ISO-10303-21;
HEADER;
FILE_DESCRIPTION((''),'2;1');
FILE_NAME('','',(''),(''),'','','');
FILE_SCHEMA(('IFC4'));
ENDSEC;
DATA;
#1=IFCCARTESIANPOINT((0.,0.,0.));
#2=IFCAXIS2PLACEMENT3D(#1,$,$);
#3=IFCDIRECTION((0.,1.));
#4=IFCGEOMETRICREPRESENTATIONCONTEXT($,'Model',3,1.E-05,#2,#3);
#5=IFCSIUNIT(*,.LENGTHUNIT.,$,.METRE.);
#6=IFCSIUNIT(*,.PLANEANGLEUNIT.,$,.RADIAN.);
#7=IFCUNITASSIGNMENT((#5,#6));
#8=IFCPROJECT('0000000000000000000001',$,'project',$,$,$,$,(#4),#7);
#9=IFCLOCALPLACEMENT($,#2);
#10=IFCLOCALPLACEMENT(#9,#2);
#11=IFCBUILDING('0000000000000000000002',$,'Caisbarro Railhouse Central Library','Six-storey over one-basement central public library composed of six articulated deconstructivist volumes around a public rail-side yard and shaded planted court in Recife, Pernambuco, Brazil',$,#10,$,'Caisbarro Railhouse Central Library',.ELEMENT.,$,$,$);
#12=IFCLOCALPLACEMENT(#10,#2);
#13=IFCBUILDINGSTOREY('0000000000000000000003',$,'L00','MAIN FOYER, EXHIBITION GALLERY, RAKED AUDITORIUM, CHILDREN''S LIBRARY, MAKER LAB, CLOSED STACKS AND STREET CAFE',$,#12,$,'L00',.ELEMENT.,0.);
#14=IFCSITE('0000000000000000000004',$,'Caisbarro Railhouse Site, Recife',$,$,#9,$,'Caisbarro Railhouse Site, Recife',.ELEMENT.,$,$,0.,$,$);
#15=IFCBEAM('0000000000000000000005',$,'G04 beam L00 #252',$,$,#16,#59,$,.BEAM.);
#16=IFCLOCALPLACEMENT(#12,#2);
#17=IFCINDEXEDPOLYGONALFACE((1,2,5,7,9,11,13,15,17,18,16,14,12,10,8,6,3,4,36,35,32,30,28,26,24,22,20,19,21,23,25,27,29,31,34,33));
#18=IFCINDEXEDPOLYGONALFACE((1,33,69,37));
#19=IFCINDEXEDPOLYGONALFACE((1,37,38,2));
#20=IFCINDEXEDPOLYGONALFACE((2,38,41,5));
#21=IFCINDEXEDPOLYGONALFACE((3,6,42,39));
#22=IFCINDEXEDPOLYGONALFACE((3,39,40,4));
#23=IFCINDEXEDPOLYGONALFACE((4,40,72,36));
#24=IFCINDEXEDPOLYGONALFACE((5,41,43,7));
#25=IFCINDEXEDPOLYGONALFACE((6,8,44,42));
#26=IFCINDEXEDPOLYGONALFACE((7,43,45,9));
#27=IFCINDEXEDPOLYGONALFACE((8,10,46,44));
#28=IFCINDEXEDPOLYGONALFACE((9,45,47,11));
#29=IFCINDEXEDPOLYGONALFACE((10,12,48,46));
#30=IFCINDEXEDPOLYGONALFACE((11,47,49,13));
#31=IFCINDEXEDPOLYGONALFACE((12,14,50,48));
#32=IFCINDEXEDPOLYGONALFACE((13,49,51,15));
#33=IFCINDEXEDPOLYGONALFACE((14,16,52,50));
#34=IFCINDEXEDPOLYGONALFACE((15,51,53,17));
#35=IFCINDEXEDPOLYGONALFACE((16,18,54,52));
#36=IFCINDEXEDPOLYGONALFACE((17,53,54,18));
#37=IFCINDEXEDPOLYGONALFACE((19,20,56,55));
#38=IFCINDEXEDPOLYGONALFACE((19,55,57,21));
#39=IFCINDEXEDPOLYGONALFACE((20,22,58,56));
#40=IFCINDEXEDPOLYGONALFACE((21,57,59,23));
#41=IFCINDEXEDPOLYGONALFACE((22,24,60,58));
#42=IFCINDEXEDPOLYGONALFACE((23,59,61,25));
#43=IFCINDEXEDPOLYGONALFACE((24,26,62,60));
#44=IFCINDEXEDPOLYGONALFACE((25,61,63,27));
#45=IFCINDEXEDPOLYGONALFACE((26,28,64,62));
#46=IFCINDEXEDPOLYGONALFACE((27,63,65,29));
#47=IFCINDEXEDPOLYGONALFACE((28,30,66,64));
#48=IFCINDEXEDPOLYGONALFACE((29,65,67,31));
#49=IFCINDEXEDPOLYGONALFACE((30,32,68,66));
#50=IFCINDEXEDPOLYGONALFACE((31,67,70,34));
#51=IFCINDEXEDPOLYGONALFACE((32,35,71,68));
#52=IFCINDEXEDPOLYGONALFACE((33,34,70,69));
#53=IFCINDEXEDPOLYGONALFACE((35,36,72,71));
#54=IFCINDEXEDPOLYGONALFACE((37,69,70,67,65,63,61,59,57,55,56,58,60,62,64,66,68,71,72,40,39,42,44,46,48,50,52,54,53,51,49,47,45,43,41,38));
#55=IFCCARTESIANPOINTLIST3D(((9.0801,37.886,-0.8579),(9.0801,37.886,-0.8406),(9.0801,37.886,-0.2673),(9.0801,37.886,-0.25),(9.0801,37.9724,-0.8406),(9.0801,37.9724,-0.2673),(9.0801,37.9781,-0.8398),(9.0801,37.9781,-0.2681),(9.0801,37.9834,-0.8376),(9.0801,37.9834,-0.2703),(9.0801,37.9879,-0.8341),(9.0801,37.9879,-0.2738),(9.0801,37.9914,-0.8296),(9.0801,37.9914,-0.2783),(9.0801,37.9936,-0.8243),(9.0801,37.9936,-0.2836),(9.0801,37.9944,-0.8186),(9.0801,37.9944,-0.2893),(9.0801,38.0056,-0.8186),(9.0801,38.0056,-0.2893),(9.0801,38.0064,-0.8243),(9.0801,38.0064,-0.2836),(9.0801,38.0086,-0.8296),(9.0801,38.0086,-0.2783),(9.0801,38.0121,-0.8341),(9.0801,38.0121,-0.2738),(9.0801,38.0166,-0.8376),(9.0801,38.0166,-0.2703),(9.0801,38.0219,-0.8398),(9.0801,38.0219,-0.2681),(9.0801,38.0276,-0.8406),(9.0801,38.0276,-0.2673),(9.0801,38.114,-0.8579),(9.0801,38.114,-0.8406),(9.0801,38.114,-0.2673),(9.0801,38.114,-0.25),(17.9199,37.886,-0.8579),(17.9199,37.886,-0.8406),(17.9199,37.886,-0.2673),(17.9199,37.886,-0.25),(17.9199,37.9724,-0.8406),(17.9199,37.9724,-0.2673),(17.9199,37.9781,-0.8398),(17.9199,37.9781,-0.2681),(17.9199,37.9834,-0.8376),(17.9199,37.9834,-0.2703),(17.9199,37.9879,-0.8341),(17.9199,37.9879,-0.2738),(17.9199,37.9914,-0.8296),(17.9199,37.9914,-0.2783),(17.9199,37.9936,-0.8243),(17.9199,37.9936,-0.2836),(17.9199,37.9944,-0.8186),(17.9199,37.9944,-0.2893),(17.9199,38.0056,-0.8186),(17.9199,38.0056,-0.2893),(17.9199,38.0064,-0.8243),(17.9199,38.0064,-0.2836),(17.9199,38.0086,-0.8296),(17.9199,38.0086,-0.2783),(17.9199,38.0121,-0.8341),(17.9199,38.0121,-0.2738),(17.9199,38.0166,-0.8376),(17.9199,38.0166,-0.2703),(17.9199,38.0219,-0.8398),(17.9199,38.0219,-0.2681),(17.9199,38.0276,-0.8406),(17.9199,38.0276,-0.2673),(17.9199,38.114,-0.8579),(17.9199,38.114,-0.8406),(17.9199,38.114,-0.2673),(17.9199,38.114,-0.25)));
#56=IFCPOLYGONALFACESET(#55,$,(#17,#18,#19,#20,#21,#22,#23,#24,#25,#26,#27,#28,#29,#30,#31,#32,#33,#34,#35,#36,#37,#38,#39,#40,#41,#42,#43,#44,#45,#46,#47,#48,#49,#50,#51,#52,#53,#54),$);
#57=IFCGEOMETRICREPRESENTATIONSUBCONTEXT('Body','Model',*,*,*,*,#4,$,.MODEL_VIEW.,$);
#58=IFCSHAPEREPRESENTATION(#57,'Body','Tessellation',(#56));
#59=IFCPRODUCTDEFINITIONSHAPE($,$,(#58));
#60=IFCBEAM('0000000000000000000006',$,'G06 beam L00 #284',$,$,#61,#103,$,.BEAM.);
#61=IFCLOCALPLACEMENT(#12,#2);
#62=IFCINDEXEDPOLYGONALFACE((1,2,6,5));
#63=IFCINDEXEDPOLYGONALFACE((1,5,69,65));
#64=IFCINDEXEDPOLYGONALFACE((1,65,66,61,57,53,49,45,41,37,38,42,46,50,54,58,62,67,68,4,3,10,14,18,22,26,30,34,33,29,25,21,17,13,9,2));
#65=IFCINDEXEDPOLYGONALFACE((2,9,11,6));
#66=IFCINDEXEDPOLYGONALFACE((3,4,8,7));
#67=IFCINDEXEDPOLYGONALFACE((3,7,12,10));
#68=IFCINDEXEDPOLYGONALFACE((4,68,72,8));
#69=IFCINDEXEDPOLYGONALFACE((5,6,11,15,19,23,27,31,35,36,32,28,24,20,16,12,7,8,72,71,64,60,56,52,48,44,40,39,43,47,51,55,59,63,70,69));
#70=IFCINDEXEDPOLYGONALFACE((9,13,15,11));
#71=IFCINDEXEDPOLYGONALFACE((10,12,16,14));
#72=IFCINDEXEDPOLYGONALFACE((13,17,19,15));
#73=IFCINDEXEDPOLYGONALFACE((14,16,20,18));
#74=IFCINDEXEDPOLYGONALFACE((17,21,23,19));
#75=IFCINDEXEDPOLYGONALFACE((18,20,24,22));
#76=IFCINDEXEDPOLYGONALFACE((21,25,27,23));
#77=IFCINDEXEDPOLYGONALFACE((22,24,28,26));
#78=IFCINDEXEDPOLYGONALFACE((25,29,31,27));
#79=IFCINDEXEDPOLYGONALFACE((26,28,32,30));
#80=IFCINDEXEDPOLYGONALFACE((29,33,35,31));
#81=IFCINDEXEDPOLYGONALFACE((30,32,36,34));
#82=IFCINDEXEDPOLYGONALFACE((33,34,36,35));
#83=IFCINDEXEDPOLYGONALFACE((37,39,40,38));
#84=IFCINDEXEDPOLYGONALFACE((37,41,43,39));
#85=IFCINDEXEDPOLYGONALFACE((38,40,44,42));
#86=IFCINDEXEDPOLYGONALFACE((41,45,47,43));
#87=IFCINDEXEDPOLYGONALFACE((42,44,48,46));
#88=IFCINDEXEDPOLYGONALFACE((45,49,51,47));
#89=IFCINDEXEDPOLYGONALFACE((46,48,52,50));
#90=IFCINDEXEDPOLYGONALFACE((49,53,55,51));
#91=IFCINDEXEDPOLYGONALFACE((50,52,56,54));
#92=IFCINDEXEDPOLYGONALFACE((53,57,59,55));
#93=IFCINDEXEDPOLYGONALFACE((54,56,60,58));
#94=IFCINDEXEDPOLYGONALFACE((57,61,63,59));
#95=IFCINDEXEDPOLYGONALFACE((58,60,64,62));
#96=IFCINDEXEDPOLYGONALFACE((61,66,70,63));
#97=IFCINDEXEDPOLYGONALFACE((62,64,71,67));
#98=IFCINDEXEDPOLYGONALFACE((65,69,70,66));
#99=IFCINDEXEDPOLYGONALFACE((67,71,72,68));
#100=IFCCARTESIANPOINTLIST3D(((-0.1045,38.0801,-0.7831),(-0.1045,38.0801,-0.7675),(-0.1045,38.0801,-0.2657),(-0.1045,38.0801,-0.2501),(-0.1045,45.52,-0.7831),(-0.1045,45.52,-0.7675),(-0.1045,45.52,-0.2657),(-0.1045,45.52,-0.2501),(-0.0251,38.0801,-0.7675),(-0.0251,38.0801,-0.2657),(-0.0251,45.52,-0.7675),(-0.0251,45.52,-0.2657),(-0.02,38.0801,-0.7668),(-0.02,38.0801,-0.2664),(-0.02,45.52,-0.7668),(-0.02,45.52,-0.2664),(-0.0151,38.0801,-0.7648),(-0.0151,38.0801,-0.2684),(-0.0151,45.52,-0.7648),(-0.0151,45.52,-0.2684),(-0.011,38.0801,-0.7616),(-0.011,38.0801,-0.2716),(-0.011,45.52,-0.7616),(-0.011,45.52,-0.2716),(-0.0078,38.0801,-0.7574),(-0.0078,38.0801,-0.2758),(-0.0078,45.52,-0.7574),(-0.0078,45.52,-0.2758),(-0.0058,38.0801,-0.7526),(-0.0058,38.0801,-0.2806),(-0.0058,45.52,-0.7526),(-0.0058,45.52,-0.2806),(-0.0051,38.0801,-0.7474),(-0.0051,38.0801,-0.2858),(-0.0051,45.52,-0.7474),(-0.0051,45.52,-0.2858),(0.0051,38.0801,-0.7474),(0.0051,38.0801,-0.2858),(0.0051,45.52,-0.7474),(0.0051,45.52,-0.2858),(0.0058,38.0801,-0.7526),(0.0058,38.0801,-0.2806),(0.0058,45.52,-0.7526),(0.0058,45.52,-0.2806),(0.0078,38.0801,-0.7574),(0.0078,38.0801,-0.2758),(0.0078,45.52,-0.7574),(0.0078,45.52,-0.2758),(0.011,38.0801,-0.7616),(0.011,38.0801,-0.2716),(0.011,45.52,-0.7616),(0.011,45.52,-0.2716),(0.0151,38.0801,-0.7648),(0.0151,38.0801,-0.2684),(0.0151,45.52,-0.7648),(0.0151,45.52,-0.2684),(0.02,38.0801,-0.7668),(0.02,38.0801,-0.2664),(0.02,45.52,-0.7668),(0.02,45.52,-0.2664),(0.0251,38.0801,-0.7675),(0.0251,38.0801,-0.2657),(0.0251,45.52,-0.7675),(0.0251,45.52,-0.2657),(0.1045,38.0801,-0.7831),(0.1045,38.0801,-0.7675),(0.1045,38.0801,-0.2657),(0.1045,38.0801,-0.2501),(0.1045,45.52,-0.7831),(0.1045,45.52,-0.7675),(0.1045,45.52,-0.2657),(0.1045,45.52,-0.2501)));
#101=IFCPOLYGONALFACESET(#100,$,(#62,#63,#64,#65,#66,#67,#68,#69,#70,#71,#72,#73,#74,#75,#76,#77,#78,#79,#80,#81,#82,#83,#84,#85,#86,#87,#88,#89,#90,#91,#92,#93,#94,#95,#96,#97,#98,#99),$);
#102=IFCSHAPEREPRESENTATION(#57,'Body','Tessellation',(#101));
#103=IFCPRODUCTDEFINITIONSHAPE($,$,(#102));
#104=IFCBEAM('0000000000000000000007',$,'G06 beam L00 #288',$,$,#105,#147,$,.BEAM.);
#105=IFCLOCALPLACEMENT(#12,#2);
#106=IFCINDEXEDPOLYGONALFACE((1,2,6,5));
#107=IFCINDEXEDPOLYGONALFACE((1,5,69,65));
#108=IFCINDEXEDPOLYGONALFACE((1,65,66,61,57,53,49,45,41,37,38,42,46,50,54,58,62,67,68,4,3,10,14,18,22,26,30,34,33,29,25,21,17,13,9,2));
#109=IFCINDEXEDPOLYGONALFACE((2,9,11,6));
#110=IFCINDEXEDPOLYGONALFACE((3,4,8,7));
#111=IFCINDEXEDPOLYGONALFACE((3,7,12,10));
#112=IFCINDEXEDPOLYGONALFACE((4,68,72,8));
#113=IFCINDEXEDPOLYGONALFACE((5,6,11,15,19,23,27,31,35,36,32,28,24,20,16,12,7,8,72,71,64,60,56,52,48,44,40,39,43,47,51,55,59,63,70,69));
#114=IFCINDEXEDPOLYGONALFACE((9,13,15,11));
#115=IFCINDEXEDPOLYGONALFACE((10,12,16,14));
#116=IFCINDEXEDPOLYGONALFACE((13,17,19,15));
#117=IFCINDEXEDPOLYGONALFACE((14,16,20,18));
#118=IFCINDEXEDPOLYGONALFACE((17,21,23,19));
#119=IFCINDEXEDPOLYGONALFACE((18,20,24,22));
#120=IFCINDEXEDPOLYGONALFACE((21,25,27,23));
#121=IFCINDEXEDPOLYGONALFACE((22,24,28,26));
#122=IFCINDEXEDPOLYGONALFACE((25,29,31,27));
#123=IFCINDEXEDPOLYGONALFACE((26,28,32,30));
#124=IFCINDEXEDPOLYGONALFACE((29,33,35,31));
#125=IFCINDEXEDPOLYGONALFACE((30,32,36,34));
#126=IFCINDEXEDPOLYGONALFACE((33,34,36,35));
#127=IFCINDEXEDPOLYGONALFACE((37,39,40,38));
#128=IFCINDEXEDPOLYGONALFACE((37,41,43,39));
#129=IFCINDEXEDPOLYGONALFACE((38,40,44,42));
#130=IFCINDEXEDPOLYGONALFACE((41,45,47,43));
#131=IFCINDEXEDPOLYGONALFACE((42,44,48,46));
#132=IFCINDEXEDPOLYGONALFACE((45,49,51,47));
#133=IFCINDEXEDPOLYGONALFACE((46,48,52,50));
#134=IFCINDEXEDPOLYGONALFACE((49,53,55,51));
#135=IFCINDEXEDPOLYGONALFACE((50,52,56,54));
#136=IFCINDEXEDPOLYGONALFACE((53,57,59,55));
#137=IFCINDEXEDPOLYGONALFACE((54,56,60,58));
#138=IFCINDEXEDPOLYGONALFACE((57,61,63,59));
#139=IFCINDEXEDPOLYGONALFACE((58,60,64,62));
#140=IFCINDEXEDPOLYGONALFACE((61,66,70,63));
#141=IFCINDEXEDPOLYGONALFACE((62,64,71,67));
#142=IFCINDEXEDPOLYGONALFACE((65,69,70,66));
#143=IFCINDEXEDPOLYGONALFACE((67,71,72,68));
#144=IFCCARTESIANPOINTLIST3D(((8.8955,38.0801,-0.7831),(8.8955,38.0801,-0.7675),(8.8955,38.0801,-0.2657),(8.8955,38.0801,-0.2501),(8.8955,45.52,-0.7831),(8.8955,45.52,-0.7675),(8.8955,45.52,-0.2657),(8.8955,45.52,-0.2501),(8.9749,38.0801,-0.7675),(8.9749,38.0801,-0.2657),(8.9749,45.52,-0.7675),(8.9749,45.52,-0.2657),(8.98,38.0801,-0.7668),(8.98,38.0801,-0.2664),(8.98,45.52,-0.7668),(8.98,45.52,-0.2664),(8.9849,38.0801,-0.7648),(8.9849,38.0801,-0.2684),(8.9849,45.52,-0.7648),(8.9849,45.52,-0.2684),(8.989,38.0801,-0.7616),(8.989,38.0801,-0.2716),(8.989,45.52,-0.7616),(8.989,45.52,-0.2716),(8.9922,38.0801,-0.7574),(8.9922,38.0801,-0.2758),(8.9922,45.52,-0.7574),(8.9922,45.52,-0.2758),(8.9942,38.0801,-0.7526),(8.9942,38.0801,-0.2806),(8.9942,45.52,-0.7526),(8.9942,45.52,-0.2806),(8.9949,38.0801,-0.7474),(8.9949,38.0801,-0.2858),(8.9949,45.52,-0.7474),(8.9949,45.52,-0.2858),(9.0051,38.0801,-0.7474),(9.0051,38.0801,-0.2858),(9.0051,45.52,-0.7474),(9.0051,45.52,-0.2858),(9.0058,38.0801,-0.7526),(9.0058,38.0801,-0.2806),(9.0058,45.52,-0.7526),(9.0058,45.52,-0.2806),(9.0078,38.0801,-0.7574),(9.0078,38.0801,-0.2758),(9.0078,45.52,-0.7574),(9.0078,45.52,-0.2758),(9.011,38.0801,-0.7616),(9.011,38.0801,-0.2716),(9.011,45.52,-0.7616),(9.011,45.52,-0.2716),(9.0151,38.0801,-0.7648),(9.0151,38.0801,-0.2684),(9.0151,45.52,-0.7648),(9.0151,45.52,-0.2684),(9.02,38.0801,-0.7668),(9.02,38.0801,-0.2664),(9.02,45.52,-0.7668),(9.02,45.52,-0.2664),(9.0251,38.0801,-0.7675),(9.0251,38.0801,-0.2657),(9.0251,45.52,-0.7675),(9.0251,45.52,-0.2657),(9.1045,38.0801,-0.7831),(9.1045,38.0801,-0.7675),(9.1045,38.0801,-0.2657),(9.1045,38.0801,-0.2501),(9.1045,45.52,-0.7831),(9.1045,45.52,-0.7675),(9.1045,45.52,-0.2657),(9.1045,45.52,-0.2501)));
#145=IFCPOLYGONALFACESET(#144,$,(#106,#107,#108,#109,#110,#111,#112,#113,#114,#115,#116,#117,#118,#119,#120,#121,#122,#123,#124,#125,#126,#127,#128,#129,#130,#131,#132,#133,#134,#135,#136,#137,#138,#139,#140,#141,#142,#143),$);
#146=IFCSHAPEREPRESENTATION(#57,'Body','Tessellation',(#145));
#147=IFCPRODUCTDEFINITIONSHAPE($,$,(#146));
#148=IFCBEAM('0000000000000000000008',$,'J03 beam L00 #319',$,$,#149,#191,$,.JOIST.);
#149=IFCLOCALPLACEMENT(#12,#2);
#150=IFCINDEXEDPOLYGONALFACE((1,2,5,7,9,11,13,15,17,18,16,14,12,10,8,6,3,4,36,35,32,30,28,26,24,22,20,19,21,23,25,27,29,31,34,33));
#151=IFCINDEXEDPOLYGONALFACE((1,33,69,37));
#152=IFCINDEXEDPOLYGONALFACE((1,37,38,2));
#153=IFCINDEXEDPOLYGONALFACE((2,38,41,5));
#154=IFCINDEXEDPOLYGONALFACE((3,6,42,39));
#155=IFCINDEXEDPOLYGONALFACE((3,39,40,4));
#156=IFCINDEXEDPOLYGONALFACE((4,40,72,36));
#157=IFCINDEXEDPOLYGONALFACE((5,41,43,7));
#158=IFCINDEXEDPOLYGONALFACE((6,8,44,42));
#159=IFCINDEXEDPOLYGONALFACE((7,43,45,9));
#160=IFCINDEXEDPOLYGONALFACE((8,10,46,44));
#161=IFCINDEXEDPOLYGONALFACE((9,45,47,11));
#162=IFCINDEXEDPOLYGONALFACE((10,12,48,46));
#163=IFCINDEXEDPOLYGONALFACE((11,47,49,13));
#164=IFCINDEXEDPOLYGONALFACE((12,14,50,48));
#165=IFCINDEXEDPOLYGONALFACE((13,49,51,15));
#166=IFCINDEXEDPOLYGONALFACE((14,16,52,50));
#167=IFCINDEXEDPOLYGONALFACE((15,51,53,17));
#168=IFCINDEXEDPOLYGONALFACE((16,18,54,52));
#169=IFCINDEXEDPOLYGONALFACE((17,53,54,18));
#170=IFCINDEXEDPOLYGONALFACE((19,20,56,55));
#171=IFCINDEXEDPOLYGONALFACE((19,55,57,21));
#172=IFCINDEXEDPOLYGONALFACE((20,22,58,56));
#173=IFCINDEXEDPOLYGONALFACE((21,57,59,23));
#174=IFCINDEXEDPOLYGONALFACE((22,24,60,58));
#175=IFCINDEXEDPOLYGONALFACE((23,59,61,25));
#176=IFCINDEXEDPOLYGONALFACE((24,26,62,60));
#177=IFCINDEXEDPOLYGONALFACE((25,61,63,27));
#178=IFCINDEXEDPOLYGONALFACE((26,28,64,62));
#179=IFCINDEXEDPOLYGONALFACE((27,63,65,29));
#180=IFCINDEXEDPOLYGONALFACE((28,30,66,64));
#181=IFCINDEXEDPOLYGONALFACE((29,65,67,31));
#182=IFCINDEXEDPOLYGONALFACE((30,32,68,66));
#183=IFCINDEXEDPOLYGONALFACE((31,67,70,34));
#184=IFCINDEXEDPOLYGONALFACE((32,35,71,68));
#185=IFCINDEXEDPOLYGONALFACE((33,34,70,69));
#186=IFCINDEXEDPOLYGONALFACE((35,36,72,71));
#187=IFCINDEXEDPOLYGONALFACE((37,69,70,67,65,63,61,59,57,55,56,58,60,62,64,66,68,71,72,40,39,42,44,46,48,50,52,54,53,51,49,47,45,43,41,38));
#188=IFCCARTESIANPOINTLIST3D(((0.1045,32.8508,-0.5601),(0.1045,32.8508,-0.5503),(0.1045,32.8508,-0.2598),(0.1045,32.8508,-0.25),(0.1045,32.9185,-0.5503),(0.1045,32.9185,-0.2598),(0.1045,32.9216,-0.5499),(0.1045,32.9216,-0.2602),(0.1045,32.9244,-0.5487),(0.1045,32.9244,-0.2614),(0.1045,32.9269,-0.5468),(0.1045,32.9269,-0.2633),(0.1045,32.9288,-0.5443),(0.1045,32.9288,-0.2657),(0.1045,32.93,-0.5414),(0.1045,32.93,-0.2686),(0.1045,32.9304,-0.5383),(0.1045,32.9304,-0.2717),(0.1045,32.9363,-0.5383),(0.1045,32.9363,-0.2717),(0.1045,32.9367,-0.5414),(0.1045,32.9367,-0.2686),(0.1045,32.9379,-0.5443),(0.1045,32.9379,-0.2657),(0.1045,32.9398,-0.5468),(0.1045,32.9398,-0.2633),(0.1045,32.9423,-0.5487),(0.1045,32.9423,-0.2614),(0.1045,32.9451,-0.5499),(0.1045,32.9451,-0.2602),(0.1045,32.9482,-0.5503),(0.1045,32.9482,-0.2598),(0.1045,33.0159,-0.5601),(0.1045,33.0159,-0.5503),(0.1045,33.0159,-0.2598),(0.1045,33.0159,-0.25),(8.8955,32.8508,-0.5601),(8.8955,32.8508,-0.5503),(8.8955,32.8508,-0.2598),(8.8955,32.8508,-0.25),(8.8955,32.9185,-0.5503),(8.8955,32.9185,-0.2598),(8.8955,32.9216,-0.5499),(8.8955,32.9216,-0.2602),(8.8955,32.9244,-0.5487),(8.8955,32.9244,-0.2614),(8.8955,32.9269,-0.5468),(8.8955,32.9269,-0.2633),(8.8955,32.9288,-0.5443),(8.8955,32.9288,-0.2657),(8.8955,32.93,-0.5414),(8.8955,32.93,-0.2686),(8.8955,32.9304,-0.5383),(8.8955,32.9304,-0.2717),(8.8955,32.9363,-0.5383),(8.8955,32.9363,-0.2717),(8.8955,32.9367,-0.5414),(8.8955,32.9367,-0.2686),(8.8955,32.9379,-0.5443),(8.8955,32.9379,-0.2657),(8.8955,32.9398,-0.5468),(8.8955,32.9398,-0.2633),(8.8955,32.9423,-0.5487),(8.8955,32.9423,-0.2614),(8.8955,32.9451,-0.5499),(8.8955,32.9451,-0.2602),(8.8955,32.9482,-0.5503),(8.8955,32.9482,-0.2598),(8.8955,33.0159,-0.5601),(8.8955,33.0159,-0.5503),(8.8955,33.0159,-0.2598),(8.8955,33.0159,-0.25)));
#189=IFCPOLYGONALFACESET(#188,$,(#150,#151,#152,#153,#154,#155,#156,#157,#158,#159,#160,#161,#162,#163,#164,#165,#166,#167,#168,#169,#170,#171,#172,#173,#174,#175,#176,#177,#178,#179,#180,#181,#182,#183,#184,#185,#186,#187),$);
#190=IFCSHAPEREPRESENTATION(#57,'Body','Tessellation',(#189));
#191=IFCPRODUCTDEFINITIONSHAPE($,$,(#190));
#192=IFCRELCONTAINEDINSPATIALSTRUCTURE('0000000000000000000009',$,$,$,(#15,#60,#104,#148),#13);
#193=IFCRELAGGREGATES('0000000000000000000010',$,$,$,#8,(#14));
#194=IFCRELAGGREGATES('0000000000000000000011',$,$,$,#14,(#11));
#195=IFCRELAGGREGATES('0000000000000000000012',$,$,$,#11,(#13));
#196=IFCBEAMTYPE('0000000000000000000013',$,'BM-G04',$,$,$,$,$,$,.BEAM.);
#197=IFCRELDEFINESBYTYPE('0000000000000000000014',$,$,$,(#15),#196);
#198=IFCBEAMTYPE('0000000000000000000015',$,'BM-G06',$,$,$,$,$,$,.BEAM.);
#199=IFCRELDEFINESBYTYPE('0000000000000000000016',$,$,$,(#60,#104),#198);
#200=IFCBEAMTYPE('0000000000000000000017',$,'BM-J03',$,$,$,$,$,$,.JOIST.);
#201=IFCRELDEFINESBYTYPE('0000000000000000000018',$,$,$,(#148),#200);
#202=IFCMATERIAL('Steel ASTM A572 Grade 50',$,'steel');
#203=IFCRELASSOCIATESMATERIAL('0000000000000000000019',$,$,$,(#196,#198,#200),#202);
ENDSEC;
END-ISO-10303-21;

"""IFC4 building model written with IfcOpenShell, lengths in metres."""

from ifc_helpers import new_model, si_unit, direction, frame, origin, origin_2d, place, context, subcontext, project, spatial, i_section, extrude, material, material_profile, profile_set, type_object, element, save


model = new_model("IFC4")

# Units and contexts
model_context = context("Model", 3, precision=1e-05, world=origin(), true_north=direction((0.0, 1.0)))
body_context = subcontext(model_context, "Body", "Model", "MODEL_VIEW")
ifc_project = project(units=[si_unit("LENGTHUNIT", "METRE"), si_unit("PLANEANGLEUNIT", "RADIAN")], contexts=[model_context])

# Site, building, storey
site_placement = place(None, origin())
site = spatial("IfcSite", under=ifc_project, at=site_placement, Name="Caisbarro Railhouse Site, Recife", LongName="Caisbarro Railhouse Site, Recife", CompositionType="ELEMENT", RefElevation=0.0)
building_placement = place(site_placement, origin())
building = spatial("IfcBuilding", under=site, at=building_placement, Name="Caisbarro Railhouse Central Library", Description="Six-storey over one-basement central public library composed of six articulated deconstructivist volumes around a public rail-side yard and shaded planted court in Recife, Pernambuco, Brazil", LongName="Caisbarro Railhouse Central Library", CompositionType="ELEMENT")
storey_placement = place(building_placement, origin())
storey = spatial("IfcBuildingStorey", under=building, at=storey_placement, Name="L00", Description="MAIN FOYER, EXHIBITION GALLERY, RAKED AUDITORIUM, CHILDREN'S LIBRARY, MAKER LAB, CLOSED STACKS AND STREET CAFE", LongName="L00", CompositionType="ELEMENT", Elevation=0.0)

# Shared definitions
ifc_material_1 = material(Name="Steel ASTM A572 Grade 50", Category="steel")

# Beams
ifc_material_profile_1 = material_profile(ifc_material_1, i_section(OverallWidth=0.228, OverallDepth=0.6079, WebThickness=0.0112, FlangeThickness=0.0173, FilletRadius=0.022, at=origin_2d()), Name="W610X113.0")
ifc_profile_set_1 = profile_set([ifc_material_profile_1], Name="Steel ASTM A572 Grade 50")
beam_type_1 = type_object("IfcBeamType", Name="BM-G04", PredefinedType="BEAM", material=ifc_profile_set_1)
for number, where, z_axis, x_axis, name in (
    (1, (9.0801, 38.0, -0.554), (1.0, 0.0, 0.0), (0.0, 1.0, 0.0), "G04 beam L00 #252"),
):
    element("IfcBeam", number, at=place(storey_placement, frame(where, z_axis=z_axis, x_axis=x_axis)), inside=storey, type_object=beam_type_1, Name=name, PredefinedType="BEAM", context=body_context, shape_type="SweptSolid", body=[
        extrude(i_section(OverallWidth=0.228, OverallDepth=0.6079, WebThickness=0.0112, FlangeThickness=0.0173, FilletRadius=0.022, at=origin_2d()), origin(), (0.0, 0.0, 1.0), 8.8398),
    ])
ifc_material_profile_2 = material_profile(ifc_material_1, i_section(OverallWidth=0.209, OverallDepth=0.533, WebThickness=0.0103, FlangeThickness=0.0156, FilletRadius=0.02, at=origin_2d()), Name="W530X92.0")
ifc_profile_set_2 = profile_set([ifc_material_profile_2], Name="Steel ASTM A572 Grade 50")
beam_type_2 = type_object("IfcBeamType", Name="BM-G06", PredefinedType="BEAM", material=ifc_profile_set_2)
for number, where, z_axis, x_axis, name in (
    (2, (0.0, 38.0801, -0.5166), (0.0, 1.0, 0.0), (-1.0, 0.0, 0.0), "G06 beam L00 #284"),
    (3, (9.0, 38.0801, -0.5166), (0.0, 1.0, 0.0), (-1.0, 0.0, 0.0), "G06 beam L00 #288"),
):
    element("IfcBeam", number, at=place(storey_placement, frame(where, z_axis=z_axis, x_axis=x_axis)), inside=storey, type_object=beam_type_2, Name=name, PredefinedType="BEAM", context=body_context, shape_type="SweptSolid", body=[
        extrude(i_section(OverallWidth=0.209, OverallDepth=0.533, WebThickness=0.0103, FlangeThickness=0.0156, FilletRadius=0.02, at=origin_2d()), origin(), (0.0, 0.0, 1.0), 7.4399),
    ])
ifc_material_profile_3 = material_profile(ifc_material_1, i_section(OverallWidth=0.165, OverallDepth=0.3101, WebThickness=0.0059, FlangeThickness=0.0098, FilletRadius=0.012, at=origin_2d()), Name="W310X38.7")
ifc_profile_set_3 = profile_set([ifc_material_profile_3], Name="Steel ASTM A572 Grade 50")
beam_type_3 = type_object("IfcBeamType", Name="BM-J03", PredefinedType="JOIST", material=ifc_profile_set_3)
for number, where, z_axis, x_axis, name in (
    (4, (0.1045, 32.9333, -0.405), (1.0, 0.0, 0.0), (0.0, 1.0, 0.0), "J03 beam L00 #319"),
):
    element("IfcBeam", number, at=place(storey_placement, frame(where, z_axis=z_axis, x_axis=x_axis)), inside=storey, type_object=beam_type_3, Name=name, PredefinedType="JOIST", context=body_context, shape_type="SweptSolid", body=[
        extrude(i_section(OverallWidth=0.165, OverallDepth=0.3101, WebThickness=0.0059, FlangeThickness=0.0098, FilletRadius=0.012, at=origin_2d()), origin(), (0.0, 0.0, 1.0), 8.791),
    ])

save(model, "model.ifc")
